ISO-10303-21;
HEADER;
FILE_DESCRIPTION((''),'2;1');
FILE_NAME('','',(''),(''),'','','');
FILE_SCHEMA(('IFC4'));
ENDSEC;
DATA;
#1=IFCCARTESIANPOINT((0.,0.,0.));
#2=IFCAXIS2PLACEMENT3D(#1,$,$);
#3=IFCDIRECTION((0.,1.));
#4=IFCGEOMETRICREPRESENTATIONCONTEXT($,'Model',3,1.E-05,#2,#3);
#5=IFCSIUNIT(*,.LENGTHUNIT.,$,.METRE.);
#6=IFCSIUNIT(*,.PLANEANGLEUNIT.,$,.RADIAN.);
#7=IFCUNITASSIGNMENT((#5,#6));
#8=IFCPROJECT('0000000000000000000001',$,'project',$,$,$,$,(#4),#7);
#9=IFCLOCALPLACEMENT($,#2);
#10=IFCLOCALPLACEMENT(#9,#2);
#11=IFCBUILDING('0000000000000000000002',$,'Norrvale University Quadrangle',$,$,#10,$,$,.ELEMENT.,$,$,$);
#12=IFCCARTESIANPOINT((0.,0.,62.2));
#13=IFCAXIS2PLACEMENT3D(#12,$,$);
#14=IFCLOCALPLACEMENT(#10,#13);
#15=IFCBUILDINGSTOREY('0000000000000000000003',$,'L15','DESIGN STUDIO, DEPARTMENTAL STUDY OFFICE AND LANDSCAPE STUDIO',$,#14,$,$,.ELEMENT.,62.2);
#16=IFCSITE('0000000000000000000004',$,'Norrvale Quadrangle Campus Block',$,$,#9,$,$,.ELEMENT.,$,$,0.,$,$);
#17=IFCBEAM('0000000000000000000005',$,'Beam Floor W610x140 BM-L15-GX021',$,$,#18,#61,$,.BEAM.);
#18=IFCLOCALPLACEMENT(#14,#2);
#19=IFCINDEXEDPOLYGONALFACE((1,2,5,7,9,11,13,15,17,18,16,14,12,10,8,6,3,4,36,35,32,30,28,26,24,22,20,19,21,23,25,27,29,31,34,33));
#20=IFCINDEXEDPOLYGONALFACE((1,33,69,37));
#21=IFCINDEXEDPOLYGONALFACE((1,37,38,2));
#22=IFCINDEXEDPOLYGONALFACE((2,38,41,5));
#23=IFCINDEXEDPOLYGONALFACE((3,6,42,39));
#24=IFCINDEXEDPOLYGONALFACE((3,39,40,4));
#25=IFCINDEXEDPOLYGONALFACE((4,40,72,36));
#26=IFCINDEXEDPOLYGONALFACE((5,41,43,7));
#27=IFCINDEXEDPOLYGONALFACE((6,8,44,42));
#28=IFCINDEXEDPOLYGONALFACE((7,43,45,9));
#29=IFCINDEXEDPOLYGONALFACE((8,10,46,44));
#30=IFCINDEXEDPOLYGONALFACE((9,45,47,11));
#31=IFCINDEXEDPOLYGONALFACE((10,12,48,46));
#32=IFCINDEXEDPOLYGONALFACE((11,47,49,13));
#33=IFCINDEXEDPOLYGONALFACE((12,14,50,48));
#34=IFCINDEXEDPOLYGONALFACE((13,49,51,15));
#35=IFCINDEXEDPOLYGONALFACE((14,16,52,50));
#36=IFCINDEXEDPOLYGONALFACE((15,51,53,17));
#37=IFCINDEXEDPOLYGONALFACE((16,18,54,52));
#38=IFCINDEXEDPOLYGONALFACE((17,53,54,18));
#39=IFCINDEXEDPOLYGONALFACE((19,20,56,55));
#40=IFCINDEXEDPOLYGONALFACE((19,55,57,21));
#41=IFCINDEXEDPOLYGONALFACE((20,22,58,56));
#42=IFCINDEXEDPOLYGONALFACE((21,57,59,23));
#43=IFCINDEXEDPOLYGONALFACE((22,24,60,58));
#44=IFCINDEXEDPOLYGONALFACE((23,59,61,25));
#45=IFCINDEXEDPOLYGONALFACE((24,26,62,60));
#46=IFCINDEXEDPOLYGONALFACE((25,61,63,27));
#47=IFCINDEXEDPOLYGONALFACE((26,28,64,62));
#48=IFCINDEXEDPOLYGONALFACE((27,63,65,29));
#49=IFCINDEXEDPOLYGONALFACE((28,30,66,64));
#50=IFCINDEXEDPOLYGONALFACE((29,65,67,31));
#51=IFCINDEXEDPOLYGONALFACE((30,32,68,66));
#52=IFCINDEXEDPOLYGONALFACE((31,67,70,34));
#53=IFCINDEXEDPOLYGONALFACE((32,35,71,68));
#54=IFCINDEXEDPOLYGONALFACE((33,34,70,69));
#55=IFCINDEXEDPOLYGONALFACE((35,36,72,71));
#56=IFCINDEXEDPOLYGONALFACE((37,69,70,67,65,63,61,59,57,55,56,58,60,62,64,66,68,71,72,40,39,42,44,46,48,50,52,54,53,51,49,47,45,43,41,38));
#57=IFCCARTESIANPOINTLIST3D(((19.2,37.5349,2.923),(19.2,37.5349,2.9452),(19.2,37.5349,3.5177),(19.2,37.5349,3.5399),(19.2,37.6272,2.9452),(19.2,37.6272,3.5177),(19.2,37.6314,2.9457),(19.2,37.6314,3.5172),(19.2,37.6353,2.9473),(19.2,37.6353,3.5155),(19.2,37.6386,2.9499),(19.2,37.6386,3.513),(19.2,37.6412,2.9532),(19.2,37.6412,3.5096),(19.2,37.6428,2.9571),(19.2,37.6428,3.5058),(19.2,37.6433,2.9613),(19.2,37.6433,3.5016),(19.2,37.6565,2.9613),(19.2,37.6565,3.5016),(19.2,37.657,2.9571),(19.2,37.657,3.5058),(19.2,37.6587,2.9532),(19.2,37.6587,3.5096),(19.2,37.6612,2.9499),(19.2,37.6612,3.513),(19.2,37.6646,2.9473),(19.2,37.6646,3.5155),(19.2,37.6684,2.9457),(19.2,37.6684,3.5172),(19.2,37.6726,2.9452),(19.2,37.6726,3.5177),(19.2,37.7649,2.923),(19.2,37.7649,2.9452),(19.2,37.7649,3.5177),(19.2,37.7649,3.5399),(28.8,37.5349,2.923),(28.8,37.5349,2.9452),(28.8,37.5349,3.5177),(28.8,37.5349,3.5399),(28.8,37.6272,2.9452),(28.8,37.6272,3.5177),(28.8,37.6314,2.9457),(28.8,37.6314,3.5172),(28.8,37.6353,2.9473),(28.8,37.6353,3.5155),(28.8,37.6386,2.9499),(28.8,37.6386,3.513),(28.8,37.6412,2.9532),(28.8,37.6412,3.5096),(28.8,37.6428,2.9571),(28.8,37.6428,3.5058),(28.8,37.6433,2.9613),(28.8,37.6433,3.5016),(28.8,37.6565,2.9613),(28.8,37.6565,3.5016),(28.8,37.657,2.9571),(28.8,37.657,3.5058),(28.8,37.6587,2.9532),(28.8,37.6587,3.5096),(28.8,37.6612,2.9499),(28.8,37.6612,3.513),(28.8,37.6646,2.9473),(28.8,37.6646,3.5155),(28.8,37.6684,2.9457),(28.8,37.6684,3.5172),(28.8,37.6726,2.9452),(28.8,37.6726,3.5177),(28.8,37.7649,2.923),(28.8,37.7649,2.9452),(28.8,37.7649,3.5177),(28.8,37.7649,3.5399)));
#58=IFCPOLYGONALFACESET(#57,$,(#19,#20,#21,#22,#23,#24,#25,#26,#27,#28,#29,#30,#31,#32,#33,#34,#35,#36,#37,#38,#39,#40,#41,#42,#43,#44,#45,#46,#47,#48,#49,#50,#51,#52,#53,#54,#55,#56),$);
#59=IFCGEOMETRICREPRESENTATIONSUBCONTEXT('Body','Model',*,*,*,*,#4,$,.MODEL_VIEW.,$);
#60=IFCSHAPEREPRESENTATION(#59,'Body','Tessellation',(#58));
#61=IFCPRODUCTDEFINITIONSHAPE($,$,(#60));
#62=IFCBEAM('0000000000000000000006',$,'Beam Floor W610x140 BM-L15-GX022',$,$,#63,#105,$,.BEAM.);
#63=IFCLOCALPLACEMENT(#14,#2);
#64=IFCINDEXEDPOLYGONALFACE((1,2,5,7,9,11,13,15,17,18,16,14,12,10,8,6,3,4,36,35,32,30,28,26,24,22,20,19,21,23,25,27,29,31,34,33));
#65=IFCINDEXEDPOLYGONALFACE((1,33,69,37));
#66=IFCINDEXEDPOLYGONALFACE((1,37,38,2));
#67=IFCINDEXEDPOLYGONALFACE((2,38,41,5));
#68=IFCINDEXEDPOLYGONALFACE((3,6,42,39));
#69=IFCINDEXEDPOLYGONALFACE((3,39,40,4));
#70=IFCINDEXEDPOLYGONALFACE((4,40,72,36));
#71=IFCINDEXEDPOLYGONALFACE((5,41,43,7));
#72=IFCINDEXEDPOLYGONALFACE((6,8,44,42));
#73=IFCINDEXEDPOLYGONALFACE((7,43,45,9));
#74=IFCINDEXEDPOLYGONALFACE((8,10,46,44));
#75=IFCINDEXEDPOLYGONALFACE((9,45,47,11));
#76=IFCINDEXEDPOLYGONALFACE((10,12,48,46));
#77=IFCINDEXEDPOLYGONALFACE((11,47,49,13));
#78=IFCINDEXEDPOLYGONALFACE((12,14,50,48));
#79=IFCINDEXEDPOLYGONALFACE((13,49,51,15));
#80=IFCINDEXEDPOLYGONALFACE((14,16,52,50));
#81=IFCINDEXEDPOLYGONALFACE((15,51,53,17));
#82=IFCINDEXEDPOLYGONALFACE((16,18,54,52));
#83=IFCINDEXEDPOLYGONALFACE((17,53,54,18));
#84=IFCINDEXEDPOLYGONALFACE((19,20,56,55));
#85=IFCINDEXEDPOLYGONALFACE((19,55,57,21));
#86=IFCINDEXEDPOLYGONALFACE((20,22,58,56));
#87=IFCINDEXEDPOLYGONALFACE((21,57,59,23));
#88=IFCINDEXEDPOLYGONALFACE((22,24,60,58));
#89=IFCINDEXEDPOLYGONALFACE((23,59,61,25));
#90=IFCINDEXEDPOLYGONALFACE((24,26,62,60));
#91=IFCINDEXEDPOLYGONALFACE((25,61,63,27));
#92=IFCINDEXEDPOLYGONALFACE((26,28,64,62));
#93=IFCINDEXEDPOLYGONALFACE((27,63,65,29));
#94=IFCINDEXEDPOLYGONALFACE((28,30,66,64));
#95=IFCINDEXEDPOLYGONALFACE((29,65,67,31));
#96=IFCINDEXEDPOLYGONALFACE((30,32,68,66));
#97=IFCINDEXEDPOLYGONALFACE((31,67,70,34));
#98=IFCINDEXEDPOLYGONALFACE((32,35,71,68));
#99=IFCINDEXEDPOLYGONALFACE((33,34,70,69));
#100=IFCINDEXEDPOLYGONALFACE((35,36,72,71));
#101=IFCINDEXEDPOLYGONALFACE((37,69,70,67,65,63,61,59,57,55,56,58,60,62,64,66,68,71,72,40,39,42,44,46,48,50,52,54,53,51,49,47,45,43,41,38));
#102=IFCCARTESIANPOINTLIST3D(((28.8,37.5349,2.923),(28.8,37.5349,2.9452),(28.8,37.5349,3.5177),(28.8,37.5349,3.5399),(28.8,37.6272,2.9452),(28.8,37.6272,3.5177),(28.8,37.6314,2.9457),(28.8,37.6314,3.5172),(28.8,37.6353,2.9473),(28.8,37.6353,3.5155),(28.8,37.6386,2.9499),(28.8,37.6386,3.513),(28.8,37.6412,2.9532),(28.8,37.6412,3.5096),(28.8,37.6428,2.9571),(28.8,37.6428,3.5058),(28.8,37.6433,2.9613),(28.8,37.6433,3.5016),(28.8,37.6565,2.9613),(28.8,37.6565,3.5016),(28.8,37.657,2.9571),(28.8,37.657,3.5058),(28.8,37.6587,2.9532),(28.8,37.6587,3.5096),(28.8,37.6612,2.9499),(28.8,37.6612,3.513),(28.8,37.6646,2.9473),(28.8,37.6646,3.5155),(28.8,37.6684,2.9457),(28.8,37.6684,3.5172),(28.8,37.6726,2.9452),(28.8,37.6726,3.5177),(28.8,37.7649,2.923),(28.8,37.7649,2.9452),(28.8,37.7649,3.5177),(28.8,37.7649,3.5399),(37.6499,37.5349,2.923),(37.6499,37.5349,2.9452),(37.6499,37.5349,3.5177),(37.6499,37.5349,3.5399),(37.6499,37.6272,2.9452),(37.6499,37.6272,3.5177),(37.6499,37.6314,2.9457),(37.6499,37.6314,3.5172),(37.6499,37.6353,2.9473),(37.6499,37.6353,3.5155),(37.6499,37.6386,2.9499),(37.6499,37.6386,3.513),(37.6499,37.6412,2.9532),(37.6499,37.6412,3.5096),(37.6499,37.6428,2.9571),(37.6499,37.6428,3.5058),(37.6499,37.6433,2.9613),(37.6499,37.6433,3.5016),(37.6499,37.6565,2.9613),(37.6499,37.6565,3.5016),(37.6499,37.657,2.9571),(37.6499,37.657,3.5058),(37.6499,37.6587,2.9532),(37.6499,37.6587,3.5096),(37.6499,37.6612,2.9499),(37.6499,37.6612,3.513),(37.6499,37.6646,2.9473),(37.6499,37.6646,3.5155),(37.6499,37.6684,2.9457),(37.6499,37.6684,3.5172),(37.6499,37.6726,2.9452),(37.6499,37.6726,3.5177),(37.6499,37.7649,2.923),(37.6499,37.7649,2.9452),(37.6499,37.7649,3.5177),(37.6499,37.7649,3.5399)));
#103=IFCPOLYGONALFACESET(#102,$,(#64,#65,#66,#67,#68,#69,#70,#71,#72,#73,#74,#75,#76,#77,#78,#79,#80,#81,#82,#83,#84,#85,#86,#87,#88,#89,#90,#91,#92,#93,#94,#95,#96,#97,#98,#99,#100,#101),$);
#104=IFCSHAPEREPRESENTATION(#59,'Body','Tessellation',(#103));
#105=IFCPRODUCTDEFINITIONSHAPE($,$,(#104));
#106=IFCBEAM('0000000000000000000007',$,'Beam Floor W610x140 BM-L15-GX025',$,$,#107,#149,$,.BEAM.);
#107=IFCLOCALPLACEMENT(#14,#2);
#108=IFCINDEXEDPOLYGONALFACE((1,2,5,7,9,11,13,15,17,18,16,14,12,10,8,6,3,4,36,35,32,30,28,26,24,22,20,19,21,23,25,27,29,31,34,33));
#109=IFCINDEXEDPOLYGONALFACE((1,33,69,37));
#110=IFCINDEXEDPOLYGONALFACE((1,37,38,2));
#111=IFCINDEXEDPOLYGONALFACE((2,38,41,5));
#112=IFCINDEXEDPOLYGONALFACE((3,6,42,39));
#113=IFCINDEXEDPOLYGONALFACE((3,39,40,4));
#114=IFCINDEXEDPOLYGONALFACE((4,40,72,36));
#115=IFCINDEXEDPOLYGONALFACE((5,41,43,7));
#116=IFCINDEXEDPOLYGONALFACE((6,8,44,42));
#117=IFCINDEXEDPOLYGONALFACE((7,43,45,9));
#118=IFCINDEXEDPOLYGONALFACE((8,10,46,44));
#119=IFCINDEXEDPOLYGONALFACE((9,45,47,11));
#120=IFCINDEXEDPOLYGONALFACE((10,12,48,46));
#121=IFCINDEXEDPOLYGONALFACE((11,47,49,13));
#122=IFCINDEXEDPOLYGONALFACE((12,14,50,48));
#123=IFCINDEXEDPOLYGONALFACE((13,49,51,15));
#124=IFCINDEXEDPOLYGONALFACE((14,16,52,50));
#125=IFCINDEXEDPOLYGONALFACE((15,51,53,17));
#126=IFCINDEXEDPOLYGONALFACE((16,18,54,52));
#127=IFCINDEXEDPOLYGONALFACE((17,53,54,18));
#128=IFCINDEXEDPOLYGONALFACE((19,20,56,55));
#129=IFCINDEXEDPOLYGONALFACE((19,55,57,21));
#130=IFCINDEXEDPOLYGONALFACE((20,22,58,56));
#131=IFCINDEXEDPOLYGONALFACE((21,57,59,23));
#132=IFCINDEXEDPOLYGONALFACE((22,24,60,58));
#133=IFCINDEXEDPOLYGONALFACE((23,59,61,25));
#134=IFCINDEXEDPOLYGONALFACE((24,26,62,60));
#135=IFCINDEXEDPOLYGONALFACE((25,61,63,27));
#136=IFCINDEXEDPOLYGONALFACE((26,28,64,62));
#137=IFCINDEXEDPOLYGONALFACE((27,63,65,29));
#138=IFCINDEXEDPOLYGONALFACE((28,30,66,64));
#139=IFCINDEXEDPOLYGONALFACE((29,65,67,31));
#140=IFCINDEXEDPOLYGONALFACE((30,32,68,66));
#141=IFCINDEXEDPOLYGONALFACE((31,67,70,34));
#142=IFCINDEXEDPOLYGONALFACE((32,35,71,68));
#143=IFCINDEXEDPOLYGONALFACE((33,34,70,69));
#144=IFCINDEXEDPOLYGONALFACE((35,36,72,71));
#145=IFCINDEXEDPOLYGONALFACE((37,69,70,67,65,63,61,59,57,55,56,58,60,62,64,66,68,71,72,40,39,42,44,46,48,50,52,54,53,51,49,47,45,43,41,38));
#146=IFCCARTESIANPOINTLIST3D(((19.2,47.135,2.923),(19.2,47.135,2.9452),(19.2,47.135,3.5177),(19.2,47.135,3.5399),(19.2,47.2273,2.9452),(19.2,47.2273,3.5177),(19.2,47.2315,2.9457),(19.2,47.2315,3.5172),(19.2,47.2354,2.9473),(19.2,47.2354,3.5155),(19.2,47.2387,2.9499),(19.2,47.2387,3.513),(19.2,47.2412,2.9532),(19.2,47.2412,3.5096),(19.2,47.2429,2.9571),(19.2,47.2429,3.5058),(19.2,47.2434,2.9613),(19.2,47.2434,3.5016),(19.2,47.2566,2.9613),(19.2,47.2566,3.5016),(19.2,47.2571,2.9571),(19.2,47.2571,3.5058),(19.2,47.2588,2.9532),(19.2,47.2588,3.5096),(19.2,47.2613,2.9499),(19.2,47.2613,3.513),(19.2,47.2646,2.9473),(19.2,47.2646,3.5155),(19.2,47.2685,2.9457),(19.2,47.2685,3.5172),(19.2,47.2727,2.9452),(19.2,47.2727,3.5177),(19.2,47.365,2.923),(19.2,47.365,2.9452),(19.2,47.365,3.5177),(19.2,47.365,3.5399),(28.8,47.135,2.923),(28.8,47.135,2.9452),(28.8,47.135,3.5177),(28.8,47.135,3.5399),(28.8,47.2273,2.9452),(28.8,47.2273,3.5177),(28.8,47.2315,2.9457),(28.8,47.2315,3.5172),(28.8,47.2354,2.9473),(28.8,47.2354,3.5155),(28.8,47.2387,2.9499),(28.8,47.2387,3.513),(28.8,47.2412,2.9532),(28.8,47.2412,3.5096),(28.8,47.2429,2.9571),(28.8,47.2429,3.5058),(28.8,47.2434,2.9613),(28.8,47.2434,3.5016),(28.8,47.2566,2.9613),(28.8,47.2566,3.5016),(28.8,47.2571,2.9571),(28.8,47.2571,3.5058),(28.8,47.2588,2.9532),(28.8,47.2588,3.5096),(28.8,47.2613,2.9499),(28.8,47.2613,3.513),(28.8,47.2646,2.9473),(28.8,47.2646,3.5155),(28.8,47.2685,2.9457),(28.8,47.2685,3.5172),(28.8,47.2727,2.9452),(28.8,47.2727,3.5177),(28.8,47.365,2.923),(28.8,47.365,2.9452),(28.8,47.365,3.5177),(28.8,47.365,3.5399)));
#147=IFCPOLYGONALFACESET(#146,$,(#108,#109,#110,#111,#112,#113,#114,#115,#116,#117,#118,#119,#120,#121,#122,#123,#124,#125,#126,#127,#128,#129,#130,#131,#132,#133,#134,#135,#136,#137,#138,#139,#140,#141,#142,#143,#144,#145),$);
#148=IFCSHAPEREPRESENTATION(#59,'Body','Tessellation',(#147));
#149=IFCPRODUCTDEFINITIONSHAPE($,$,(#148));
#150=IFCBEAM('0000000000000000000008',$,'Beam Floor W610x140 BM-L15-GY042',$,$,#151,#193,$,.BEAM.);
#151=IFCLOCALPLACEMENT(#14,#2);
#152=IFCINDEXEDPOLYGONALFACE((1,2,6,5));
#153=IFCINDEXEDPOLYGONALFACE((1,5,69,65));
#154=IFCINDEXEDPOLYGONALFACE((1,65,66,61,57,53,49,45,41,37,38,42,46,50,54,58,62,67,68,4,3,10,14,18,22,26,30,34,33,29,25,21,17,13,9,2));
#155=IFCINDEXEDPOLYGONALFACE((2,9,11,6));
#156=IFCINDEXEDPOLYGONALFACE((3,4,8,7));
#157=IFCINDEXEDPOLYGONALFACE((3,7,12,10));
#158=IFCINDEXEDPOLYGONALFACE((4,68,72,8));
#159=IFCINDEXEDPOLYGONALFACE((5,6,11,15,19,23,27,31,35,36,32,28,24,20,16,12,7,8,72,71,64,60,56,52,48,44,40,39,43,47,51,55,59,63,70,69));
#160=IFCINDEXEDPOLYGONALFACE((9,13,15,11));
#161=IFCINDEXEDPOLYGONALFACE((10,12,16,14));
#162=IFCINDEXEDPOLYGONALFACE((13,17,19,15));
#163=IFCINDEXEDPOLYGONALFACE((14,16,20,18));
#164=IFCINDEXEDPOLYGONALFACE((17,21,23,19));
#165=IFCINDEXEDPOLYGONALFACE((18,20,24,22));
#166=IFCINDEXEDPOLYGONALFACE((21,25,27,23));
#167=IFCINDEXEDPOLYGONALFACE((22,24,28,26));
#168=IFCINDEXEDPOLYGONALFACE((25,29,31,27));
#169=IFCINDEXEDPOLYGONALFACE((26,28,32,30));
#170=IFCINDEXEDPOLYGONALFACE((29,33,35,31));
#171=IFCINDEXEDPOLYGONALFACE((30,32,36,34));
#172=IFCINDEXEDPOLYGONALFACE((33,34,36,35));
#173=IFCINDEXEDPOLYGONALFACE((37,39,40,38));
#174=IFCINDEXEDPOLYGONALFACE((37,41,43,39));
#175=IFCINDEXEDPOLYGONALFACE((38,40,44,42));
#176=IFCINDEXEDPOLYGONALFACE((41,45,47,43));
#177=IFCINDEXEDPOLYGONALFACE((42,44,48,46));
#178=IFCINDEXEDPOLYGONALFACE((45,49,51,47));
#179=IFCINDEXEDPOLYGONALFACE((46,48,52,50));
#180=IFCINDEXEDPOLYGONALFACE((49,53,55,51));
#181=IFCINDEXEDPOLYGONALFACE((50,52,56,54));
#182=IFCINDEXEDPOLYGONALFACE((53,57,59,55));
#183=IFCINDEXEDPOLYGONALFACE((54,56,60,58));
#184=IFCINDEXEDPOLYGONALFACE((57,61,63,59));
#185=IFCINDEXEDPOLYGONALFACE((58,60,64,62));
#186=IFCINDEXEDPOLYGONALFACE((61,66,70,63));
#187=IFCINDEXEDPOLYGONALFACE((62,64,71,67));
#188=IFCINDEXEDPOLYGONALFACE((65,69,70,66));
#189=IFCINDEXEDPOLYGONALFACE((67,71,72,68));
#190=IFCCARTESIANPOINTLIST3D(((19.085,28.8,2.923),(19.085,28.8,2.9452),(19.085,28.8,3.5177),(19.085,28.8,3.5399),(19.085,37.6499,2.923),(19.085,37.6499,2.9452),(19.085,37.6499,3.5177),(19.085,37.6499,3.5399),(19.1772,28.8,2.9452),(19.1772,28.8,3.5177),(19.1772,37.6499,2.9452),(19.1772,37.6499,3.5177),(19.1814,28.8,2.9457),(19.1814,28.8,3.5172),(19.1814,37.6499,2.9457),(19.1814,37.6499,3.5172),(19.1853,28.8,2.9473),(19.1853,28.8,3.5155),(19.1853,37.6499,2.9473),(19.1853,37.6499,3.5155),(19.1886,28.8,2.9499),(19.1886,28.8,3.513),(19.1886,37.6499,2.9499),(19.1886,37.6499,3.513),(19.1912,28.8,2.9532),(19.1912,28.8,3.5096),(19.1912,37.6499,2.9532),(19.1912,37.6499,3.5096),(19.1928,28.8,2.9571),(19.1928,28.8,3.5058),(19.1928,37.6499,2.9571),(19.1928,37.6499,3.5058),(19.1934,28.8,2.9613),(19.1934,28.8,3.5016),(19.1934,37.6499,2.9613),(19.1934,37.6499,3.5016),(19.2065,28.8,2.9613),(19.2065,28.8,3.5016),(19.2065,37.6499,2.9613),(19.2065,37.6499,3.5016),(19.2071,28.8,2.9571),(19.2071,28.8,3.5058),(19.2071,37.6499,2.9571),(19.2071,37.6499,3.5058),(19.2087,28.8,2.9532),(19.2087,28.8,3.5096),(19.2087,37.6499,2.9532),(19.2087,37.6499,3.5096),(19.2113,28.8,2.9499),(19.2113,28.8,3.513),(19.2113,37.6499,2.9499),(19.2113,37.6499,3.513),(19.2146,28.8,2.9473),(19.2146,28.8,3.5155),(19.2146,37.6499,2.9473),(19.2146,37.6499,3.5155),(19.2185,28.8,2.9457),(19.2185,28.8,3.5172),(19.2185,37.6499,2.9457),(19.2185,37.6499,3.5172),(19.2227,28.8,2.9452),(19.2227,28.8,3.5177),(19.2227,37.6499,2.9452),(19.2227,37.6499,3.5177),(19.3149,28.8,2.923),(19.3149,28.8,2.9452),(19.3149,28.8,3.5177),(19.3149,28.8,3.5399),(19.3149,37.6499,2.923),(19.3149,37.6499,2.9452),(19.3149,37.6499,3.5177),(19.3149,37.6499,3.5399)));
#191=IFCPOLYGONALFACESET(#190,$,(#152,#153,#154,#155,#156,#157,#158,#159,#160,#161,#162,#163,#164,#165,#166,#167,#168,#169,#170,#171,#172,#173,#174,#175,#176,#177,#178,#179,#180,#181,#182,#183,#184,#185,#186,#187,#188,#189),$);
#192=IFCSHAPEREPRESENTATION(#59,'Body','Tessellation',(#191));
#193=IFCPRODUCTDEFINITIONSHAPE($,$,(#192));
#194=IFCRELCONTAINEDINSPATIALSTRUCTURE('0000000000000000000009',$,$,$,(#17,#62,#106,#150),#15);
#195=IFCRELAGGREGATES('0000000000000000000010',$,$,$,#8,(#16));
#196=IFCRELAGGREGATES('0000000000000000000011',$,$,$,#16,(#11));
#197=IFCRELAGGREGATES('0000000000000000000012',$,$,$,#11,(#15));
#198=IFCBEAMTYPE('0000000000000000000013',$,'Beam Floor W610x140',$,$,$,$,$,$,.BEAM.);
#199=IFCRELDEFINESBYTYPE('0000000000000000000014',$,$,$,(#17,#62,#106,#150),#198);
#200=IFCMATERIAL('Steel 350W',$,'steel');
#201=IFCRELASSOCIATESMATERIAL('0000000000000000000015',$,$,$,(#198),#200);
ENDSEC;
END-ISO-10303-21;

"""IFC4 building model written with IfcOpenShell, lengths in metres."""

from ifc_helpers import new_model, si_unit, direction, frame, origin, origin_2d, place, context, subcontext, project, spatial, i_section, extrude, material, material_profile, profile_set, type_object, element, save


model = new_model("IFC4")

# Units and contexts
model_context = context("Model", 3, precision=1e-05, world=origin(), true_north=direction((0.0, 1.0)))
body_context = subcontext(model_context, "Body", "Model", "MODEL_VIEW")
ifc_project = project(units=[si_unit("LENGTHUNIT", "METRE"), si_unit("PLANEANGLEUNIT", "RADIAN")], contexts=[model_context])

# Site, building, storey
site_placement = place(None, origin())
site = spatial("IfcSite", under=ifc_project, at=site_placement, Name="Norrvale Quadrangle Campus Block", CompositionType="ELEMENT", RefElevation=0.0)
building_placement = place(site_placement, origin())
building = spatial("IfcBuilding", under=site, at=building_placement, Name="Norrvale University Quadrangle", CompositionType="ELEMENT")
storey_placement = place(building_placement, frame((0.0, 0.0, 62.2)))
storey = spatial("IfcBuildingStorey", under=building, at=storey_placement, Name="L15", Description="DESIGN STUDIO, DEPARTMENTAL STUDY OFFICE AND LANDSCAPE STUDIO", CompositionType="ELEMENT", Elevation=62.2)

# Beams
ifc_material_1 = material(Name="Steel 350W", Category="steel")
ifc_material_profile_1 = material_profile(ifc_material_1, i_section(OverallWidth=0.23, OverallDepth=0.6169, WebThickness=0.0132, FlangeThickness=0.0222, FilletRadius=0.0161, at=origin_2d()), Name="Steel 350W")
ifc_profile_set_1 = profile_set([ifc_material_profile_1], Name="Steel 350W")
beam_type_1 = type_object("IfcBeamType", Name="Beam Floor W610x140", PredefinedType="BEAM", material=ifc_profile_set_1)
beam_1_placement = place(storey_placement, frame((19.2, 37.6499, 3.2314), z_axis=(1.0, 0.0, 0.0), x_axis=(0.0, 1.0, 0.0)))
element("IfcBeam", 1, at=beam_1_placement, inside=storey, type_object=beam_type_1, Name="Beam Floor W610x140 BM-L15-GX021", PredefinedType="BEAM", context=body_context, shape_type="SweptSolid", body=[
    extrude(i_section(OverallWidth=0.23, OverallDepth=0.6169, WebThickness=0.0132, FlangeThickness=0.0222, FilletRadius=0.0161, at=origin_2d()), origin(), (0.0, 0.0, 1.0), 9.6001),
])
beam_2_placement = place(storey_placement, frame((28.8, 37.6499, 3.2314), z_axis=(1.0, 0.0, 0.0), x_axis=(0.0, 1.0, 0.0)))
element("IfcBeam", 2, at=beam_2_placement, inside=storey, type_object=beam_type_1, Name="Beam Floor W610x140 BM-L15-GX022", PredefinedType="BEAM", context=body_context, shape_type="SweptSolid", body=[
    extrude(i_section(OverallWidth=0.23, OverallDepth=0.6169, WebThickness=0.0132, FlangeThickness=0.0222, FilletRadius=0.0161, at=origin_2d()), origin(), (0.0, 0.0, 1.0), 8.8499),
])
beam_3_placement = place(storey_placement, frame((19.2, 47.25, 3.2314), z_axis=(1.0, 0.0, 0.0), x_axis=(0.0, 1.0, 0.0)))
element("IfcBeam", 3, at=beam_3_placement, inside=storey, type_object=beam_type_1, Name="Beam Floor W610x140 BM-L15-GX025", PredefinedType="BEAM", context=body_context, shape_type="SweptSolid", body=[
    extrude(i_section(OverallWidth=0.23, OverallDepth=0.6169, WebThickness=0.0132, FlangeThickness=0.0222, FilletRadius=0.0161, at=origin_2d()), origin(), (0.0, 0.0, 1.0), 9.6001),
])
beam_4_placement = place(storey_placement, frame((19.2, 28.8, 3.2314), z_axis=(0.0, 1.0, 0.0), x_axis=(-1.0, 0.0, 0.0)))
element("IfcBeam", 4, at=beam_4_placement, inside=storey, type_object=beam_type_1, Name="Beam Floor W610x140 BM-L15-GY042", PredefinedType="BEAM", context=body_context, shape_type="SweptSolid", body=[
    extrude(i_section(OverallWidth=0.23, OverallDepth=0.6169, WebThickness=0.0132, FlangeThickness=0.0222, FilletRadius=0.0161, at=origin_2d()), origin(), (0.0, 0.0, 1.0), 8.8499),
])

save(model, "model.ifc")
